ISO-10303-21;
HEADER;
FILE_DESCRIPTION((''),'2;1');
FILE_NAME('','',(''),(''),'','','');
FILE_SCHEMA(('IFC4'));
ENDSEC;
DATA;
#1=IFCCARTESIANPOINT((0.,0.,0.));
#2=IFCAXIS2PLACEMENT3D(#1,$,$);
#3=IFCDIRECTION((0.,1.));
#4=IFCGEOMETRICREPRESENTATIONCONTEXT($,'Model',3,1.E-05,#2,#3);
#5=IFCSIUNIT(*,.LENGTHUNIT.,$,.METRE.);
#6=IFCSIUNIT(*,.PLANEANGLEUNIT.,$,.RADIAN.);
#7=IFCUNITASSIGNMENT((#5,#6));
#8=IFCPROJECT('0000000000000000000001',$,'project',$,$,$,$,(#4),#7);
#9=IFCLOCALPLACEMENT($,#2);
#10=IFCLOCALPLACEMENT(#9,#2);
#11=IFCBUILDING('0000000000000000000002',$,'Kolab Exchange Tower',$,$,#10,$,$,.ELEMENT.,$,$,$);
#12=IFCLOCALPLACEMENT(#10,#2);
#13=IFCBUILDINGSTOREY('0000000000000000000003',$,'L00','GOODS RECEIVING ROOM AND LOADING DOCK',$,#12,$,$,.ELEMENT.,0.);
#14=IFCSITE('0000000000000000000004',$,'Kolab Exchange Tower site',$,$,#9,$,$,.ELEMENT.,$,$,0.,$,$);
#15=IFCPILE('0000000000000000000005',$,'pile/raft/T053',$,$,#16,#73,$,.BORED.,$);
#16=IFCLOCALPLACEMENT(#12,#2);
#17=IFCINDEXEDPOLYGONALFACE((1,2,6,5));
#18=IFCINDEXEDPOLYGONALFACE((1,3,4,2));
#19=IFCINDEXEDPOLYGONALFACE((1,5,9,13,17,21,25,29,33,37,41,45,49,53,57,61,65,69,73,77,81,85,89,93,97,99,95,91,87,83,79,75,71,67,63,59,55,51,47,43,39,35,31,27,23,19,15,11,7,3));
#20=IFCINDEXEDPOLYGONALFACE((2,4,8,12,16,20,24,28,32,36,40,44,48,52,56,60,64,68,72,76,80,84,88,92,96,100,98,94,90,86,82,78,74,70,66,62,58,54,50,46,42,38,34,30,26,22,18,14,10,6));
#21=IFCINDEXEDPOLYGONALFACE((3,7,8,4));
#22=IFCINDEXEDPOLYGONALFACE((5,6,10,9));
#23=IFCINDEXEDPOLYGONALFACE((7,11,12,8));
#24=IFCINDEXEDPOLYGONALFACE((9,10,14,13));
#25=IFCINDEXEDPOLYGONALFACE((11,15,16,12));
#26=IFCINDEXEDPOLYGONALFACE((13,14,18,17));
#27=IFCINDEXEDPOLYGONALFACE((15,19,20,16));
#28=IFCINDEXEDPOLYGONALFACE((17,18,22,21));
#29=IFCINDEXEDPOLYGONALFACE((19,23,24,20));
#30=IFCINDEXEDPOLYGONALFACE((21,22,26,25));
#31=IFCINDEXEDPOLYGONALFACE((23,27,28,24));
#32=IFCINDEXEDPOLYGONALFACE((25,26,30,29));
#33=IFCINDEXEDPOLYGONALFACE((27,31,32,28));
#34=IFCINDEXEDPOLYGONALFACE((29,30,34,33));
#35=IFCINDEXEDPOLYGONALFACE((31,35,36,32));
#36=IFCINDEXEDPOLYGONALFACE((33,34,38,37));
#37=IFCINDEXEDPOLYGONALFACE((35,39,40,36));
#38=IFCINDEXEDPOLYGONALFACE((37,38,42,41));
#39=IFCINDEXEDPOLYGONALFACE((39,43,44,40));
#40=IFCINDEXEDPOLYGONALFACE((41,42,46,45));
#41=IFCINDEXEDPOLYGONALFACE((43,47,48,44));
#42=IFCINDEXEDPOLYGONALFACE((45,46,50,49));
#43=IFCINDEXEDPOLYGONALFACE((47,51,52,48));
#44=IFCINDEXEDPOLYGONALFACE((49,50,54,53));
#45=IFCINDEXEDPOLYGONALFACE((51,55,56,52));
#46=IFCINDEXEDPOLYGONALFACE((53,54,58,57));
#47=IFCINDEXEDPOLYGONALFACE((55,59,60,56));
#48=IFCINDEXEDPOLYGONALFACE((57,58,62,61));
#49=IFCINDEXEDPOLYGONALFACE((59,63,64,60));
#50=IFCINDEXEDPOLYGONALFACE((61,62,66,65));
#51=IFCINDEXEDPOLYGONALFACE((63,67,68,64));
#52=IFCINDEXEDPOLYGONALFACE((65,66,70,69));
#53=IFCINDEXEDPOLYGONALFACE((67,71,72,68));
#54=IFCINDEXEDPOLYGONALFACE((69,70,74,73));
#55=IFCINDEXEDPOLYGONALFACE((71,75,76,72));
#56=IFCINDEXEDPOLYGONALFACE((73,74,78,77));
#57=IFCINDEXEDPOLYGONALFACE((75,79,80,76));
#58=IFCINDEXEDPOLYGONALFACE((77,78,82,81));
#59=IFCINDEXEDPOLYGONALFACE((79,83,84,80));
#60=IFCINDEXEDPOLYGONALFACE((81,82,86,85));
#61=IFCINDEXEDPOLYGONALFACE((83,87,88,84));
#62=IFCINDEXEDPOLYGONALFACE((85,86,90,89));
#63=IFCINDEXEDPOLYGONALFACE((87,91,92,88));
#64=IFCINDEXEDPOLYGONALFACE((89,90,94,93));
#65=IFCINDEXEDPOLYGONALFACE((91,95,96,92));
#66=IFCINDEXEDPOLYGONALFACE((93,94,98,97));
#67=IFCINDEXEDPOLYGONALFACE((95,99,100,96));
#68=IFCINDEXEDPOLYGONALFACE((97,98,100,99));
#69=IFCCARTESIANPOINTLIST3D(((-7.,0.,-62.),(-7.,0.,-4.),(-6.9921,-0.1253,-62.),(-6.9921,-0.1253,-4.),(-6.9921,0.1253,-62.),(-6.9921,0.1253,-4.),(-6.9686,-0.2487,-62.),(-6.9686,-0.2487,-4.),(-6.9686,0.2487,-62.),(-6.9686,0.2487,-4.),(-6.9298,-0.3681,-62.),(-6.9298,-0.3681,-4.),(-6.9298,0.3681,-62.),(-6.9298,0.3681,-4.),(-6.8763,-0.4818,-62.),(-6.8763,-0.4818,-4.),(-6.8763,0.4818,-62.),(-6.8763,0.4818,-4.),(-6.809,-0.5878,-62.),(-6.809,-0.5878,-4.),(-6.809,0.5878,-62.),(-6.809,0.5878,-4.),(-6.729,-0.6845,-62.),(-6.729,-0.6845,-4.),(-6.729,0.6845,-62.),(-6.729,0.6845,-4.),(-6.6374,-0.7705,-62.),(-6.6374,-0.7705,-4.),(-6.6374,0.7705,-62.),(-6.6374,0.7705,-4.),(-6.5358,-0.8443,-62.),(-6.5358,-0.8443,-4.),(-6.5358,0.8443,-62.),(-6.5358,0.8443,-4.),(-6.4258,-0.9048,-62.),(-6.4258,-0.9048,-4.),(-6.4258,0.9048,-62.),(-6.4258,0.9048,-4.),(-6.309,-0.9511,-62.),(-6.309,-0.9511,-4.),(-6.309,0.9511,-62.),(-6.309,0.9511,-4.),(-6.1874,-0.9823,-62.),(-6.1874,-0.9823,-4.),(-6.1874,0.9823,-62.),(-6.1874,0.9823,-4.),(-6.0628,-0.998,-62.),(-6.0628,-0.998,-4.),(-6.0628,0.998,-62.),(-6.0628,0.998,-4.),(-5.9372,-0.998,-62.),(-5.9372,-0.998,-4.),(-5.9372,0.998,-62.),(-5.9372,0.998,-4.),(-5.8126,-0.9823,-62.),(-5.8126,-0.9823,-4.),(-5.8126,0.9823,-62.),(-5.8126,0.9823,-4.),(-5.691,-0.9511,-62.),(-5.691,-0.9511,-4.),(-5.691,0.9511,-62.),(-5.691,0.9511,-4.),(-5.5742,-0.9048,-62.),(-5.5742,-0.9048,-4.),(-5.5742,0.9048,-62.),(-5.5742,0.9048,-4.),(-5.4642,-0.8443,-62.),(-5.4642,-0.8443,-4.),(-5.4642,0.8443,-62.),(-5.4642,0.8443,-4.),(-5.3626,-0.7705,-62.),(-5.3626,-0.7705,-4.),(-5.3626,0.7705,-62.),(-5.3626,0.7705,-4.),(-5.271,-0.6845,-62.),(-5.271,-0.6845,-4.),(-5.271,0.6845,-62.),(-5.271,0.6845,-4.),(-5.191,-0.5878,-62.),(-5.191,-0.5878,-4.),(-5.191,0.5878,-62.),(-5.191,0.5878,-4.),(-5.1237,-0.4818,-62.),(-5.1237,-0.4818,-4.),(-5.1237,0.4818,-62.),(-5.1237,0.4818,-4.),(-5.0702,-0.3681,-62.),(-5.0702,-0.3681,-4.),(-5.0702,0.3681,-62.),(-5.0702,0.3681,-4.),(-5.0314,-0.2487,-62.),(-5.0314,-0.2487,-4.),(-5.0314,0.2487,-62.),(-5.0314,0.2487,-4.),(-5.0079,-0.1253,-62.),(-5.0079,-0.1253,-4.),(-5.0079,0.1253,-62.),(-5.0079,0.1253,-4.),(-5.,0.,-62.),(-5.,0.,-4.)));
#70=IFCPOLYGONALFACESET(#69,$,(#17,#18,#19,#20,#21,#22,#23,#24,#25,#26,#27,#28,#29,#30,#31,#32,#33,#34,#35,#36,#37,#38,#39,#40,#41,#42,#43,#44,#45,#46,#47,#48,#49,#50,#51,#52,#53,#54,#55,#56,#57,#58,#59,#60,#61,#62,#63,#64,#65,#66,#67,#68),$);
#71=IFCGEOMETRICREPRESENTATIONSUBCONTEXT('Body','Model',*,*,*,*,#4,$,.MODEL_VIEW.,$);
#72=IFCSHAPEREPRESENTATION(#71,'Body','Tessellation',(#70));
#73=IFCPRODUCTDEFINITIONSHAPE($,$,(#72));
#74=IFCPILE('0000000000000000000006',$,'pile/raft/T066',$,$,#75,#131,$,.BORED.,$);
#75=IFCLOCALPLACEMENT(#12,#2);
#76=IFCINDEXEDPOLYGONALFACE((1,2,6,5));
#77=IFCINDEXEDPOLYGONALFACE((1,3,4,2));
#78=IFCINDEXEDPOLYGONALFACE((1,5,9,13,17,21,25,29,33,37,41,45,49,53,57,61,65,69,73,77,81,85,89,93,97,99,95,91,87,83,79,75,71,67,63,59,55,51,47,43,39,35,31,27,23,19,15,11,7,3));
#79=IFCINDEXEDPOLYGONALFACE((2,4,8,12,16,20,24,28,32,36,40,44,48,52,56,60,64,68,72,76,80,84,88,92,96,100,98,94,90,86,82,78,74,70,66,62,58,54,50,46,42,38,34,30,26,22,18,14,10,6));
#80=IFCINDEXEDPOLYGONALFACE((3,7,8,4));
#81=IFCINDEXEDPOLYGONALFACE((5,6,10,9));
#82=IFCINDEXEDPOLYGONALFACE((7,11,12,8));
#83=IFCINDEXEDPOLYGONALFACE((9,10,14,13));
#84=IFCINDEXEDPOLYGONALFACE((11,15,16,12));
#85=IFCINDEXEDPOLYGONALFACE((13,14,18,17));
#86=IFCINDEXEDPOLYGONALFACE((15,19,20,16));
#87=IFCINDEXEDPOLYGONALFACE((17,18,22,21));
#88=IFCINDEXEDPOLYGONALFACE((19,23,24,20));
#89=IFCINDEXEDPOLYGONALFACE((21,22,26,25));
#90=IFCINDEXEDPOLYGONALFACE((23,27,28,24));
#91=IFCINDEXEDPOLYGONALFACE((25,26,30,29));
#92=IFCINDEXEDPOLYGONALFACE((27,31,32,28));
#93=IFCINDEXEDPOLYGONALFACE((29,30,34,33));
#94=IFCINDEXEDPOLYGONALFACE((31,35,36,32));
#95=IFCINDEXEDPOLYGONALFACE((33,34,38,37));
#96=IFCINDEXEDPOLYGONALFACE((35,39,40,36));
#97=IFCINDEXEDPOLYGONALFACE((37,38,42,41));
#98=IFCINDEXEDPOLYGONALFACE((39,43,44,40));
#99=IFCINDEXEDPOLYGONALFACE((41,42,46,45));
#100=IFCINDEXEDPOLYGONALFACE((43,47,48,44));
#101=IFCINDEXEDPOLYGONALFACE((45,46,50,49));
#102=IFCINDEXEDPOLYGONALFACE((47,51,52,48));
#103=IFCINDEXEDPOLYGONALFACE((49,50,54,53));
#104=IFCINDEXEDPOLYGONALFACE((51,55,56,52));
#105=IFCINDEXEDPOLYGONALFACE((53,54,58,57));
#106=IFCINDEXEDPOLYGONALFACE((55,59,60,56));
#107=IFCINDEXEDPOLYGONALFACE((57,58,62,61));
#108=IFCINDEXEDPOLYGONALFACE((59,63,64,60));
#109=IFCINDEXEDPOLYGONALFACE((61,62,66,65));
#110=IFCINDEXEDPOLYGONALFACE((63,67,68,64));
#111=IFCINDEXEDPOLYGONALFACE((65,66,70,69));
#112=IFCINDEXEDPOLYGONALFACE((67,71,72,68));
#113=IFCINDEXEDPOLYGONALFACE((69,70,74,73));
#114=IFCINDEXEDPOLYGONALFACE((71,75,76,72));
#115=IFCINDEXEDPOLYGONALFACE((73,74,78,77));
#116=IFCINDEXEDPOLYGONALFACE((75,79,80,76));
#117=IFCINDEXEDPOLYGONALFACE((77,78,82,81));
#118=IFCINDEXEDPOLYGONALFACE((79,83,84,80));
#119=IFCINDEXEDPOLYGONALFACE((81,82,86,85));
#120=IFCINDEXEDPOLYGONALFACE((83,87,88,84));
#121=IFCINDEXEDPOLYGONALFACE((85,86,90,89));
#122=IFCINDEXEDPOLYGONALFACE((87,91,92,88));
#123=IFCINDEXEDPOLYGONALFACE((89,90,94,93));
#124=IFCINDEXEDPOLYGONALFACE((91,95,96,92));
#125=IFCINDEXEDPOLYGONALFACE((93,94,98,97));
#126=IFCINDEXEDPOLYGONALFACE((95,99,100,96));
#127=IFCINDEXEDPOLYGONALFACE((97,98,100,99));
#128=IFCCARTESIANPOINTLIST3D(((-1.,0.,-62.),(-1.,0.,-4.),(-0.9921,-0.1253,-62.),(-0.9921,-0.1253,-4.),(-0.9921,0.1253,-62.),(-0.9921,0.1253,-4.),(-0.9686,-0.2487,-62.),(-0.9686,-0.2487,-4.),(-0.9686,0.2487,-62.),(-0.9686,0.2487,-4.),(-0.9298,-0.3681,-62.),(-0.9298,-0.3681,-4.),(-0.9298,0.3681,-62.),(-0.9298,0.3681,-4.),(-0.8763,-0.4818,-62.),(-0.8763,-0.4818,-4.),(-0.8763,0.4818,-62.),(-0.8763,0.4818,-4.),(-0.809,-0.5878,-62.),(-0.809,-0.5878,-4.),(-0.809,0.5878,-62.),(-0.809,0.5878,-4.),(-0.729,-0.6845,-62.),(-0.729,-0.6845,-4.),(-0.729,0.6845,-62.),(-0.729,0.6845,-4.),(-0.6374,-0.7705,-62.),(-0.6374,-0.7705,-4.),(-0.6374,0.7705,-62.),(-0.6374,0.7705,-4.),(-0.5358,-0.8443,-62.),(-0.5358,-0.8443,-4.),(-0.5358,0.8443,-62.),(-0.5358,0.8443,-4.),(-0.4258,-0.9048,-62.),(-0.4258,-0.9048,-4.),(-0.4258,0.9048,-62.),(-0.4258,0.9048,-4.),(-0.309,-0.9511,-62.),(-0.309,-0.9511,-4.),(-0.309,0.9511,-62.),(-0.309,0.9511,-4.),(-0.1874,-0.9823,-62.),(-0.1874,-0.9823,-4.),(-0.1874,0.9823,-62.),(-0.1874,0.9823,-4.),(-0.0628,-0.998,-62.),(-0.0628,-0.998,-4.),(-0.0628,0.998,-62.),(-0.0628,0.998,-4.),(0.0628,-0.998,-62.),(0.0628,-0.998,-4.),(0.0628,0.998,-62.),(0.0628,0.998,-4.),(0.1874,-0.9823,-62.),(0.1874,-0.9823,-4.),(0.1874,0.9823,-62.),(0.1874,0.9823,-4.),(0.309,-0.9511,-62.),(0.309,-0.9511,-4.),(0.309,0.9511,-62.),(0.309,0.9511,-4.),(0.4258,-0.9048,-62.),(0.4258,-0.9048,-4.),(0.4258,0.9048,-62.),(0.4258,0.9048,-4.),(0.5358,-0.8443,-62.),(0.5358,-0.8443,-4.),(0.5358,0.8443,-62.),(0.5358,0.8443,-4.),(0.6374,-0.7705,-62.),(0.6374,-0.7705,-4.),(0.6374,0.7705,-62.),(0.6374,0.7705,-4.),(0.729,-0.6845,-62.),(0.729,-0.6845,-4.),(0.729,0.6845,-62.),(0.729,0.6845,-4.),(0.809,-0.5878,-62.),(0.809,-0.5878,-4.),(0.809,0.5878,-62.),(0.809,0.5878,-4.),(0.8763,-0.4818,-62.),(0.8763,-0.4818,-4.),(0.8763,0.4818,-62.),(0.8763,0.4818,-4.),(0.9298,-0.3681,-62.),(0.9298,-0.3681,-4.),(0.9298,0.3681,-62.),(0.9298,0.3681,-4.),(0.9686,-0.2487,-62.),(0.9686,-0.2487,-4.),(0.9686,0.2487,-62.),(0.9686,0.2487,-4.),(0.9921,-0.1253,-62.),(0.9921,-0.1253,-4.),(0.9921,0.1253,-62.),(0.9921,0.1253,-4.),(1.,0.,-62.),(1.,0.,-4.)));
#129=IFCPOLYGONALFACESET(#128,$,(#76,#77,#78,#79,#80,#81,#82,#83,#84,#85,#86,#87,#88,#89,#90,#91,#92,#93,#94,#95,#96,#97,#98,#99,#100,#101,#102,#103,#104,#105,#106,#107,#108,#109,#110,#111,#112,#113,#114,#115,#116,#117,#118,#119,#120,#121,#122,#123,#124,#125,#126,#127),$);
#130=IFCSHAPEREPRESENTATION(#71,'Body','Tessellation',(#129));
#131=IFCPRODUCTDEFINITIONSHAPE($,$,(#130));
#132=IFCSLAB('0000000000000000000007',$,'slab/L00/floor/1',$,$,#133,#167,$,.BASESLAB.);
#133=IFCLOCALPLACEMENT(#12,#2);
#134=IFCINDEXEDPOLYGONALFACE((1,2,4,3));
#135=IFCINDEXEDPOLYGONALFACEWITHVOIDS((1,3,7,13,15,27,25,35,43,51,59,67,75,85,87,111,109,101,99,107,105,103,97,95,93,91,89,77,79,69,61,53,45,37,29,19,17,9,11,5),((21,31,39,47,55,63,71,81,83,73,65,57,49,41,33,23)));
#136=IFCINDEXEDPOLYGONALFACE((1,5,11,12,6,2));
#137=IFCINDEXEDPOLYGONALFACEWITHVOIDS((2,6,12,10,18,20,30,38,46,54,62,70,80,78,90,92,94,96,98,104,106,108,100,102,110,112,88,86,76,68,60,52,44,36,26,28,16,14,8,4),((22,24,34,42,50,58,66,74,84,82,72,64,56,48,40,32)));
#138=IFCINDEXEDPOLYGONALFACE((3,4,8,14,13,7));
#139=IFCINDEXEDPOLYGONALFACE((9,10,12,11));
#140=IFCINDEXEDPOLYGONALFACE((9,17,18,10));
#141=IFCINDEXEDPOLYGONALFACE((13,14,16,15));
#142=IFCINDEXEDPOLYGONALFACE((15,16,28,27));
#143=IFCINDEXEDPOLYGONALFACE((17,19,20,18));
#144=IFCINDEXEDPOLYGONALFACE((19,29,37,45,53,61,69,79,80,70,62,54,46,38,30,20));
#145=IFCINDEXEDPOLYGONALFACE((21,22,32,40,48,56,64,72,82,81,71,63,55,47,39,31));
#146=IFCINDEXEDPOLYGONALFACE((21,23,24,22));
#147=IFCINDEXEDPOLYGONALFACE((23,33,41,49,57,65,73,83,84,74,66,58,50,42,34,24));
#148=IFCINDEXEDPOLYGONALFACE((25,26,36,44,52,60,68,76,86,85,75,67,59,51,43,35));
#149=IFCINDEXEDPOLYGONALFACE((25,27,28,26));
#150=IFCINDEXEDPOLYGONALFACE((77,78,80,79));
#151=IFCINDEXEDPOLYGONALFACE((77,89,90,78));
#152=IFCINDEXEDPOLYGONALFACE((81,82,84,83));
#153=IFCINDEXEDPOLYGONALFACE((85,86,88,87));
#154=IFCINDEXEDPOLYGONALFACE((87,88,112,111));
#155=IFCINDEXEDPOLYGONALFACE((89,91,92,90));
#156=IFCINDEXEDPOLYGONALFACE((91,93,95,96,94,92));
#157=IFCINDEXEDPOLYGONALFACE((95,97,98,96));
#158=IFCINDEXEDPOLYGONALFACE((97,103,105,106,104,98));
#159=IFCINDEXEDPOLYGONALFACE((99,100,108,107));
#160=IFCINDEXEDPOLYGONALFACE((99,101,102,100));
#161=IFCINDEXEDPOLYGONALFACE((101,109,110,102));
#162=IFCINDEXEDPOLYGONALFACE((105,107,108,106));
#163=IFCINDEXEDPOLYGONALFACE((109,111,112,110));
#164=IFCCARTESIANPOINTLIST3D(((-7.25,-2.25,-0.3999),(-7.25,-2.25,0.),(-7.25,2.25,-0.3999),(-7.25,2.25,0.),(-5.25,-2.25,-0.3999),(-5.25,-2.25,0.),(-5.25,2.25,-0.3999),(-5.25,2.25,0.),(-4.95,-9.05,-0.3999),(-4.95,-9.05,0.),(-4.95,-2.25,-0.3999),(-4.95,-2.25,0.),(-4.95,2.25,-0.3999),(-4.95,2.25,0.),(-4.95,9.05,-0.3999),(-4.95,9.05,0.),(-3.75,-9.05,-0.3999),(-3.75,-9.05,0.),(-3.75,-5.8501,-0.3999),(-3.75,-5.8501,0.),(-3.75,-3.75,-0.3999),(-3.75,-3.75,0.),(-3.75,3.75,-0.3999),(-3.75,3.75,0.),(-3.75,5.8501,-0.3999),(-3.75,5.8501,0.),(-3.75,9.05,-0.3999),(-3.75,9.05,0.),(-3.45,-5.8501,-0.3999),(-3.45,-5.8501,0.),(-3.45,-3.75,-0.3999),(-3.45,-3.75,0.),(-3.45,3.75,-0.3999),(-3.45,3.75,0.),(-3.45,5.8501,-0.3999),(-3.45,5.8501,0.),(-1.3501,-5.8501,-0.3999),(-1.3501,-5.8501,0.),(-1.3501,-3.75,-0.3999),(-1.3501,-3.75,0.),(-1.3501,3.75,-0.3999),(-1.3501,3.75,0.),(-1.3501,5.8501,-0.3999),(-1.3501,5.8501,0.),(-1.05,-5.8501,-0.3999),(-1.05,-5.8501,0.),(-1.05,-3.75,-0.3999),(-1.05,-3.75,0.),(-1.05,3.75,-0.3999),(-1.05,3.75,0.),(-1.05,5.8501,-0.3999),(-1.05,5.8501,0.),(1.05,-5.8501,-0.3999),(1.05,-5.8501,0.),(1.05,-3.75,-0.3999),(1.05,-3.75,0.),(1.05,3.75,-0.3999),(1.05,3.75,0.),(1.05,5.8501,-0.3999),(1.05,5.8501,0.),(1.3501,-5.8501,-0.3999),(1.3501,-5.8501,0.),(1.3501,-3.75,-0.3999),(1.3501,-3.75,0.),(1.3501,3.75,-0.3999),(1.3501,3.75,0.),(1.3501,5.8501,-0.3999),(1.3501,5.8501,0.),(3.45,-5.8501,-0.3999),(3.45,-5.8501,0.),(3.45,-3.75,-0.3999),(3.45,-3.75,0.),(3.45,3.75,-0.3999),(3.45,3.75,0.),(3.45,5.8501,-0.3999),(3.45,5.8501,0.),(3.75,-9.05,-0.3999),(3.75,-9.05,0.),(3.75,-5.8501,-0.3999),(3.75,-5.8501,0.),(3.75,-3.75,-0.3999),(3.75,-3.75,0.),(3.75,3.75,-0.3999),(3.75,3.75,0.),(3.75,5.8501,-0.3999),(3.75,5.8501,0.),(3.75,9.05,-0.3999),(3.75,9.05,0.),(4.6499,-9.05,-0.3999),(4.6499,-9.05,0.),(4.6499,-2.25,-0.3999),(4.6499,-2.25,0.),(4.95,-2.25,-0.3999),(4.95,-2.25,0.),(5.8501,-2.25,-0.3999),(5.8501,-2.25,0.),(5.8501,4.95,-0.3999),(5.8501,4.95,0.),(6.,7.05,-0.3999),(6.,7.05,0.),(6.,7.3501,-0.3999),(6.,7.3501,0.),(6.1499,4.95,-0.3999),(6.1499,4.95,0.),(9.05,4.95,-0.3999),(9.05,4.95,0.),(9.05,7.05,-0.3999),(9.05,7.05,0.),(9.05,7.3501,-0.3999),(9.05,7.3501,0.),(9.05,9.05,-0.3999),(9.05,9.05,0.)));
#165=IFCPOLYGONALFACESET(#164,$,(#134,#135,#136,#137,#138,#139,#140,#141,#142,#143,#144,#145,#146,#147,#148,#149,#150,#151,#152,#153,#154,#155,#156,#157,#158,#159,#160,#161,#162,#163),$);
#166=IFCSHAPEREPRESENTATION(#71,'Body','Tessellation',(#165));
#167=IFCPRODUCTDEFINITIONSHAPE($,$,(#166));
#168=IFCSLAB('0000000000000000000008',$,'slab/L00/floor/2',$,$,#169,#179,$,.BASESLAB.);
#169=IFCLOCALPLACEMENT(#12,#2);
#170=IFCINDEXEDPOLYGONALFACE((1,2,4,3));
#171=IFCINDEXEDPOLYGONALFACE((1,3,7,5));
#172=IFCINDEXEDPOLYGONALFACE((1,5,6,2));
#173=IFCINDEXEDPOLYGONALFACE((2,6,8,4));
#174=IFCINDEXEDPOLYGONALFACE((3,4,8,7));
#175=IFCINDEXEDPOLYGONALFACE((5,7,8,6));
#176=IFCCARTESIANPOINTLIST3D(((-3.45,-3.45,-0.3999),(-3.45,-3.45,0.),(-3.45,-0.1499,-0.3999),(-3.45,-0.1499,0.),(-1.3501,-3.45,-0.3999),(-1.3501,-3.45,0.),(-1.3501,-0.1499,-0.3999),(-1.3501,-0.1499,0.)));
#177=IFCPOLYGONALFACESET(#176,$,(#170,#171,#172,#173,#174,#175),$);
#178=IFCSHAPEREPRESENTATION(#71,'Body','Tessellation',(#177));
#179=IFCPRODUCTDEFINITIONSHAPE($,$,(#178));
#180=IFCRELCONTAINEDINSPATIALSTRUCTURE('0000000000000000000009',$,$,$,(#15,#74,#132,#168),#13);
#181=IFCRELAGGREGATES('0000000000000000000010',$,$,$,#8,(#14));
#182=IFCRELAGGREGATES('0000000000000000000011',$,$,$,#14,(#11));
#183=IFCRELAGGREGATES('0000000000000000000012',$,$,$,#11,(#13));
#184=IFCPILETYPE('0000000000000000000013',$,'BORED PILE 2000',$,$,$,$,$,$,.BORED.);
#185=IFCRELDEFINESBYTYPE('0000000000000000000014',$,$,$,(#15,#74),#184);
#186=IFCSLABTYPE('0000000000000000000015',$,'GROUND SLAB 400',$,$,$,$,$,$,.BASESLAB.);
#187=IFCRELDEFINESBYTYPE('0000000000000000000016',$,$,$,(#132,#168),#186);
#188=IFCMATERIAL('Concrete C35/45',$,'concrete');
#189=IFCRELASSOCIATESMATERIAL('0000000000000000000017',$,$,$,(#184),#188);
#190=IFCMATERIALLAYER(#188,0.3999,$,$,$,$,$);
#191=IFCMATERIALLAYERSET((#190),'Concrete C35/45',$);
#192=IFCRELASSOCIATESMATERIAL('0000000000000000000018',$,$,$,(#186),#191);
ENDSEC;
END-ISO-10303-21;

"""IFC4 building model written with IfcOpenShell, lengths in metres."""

from ifc_helpers import new_model, si_unit, direction, frame, origin, origin_2d, place, context, subcontext, project, spatial, polyline, circle, outline, extrude, material, layer, layer_set, material_profile, profile_set, type_object, element, save


model = new_model("IFC4")

# Units and contexts
model_context = context("Model", 3, precision=1e-05, world=origin(), true_north=direction((0.0, 1.0)))
body_context = subcontext(model_context, "Body", "Model", "MODEL_VIEW")
ifc_project = project(units=[si_unit("LENGTHUNIT", "METRE"), si_unit("PLANEANGLEUNIT", "RADIAN")], contexts=[model_context])

# Site, building, storey
site_placement = place(None, origin())
site = spatial("IfcSite", under=ifc_project, at=site_placement, Name="Kolab Exchange Tower site", CompositionType="ELEMENT", RefElevation=0.0)
building_placement = place(site_placement, origin())
building = spatial("IfcBuilding", under=site, at=building_placement, Name="Kolab Exchange Tower", CompositionType="ELEMENT")
storey_placement = place(building_placement, origin())
storey = spatial("IfcBuildingStorey", under=building, at=storey_placement, Name="L00", Description="GOODS RECEIVING ROOM AND LOADING DOCK", CompositionType="ELEMENT", Elevation=0.0)

# Piles
ifc_material_1 = material(Name="Concrete C35/45", Category="concrete")
ifc_material_profile = material_profile(ifc_material_1, circle(Radius=1.0, at=origin_2d()), Name="BP2000")
ifc_profile_set = profile_set([ifc_material_profile], Name="Concrete C35/45")
pile_type = type_object("IfcPileType", Name="BORED PILE 2000", PredefinedType="BORED", material=ifc_profile_set)
for number, where, z_axis, x_axis, name in (
    (1, (-6.0, 0.0, -4.0), (0.0, 0.0, -1.0), (1.0, 0.0, 0.0), "pile/raft/T053"),
    (2, (0.0, 0.0, -4.0), (0.0, 0.0, -1.0), (1.0, 0.0, 0.0), "pile/raft/T066"),
):
    element("IfcPile", number, at=place(storey_placement, frame(where, z_axis=z_axis, x_axis=x_axis)), inside=storey, type_object=pile_type, Name=name, PredefinedType="BORED", context=body_context, shape_type="SweptSolid", body=[
        extrude(circle(Radius=1.0, at=origin_2d()), origin(), (0.0, 0.0, 1.0), 58.0),
    ])

# Slabs
ifc_layer_1 = layer(ifc_material_1, 0.3999)
ifc_layer_set_1 = layer_set([ifc_layer_1], Name="Concrete C35/45")
slab_type = type_object("IfcSlabType", Name="GROUND SLAB 400", PredefinedType="BASESLAB", material=ifc_layer_set_1)
slab_1_placement = place(storey_placement, frame((0.0, 0.0, -0.3999)))
element("IfcSlab", 3, at=slab_1_placement, inside=storey, type_object=slab_type, Name="slab/L00/floor/1", PredefinedType="BASESLAB", context=body_context, shape_type="SweptSolid", body=[
    extrude(outline(polyline([(-5.25, 2.25), (-7.25, 2.25), (-7.25, -2.25), (-5.25, -2.25), (-4.95, -2.25), (-4.95, -9.05), (-3.75, -9.05), (-3.75, -5.8501), (-3.45, -5.8501), (-1.3501, -5.8501), (-1.05, -5.8501), (1.05, -5.8501), (1.3501, -5.8501), (3.45, -5.8501), (3.75, -5.8501), (3.75, -9.05), (4.6499, -9.05), (4.6499, -2.25), (4.95, -2.25), (5.8501, -2.25), (5.8501, 4.95), (6.1499, 4.95), (9.05, 4.95), (9.05, 7.05), (6.0, 7.05), (6.0, 7.3501), (9.05, 7.3501), (9.05, 9.05), (3.75, 9.05), (3.75, 5.8501), (3.45, 5.8501), (1.3501, 5.8501), (1.05, 5.8501), (-1.05, 5.8501), (-1.3501, 5.8501), (-3.45, 5.8501), (-3.75, 5.8501), (-3.75, 9.05), (-4.95, 9.05), (-4.95, 2.25), (-5.25, 2.25)]), holes=[polyline([(1.05, -3.75), (-1.05, -3.75), (-1.3501, -3.75), (-3.45, -3.75), (-3.75, -3.75), (-3.75, 3.75), (-3.45, 3.75), (-1.3501, 3.75), (-1.05, 3.75), (1.05, 3.75), (1.3501, 3.75), (3.45, 3.75), (3.75, 3.75), (3.75, -3.75), (3.45, -3.75), (1.3501, -3.75), (1.05, -3.75)])]), origin(), (0.0, 0.0, 1.0), 0.3999),
])
slab_2_placement = place(storey_placement, frame((0.0, 0.0, -0.3999)))
element("IfcSlab", 4, at=slab_2_placement, inside=storey, type_object=slab_type, Name="slab/L00/floor/2", PredefinedType="BASESLAB", context=body_context, shape_type="SweptSolid", body=[
    extrude(outline(polyline([(-1.3501, -0.1499), (-3.45, -0.1499), (-3.45, -3.45), (-1.3501, -3.45), (-1.3501, -0.1499)])), origin(), (0.0, 0.0, 1.0), 0.3999),
])

save(model, "model.ifc")
